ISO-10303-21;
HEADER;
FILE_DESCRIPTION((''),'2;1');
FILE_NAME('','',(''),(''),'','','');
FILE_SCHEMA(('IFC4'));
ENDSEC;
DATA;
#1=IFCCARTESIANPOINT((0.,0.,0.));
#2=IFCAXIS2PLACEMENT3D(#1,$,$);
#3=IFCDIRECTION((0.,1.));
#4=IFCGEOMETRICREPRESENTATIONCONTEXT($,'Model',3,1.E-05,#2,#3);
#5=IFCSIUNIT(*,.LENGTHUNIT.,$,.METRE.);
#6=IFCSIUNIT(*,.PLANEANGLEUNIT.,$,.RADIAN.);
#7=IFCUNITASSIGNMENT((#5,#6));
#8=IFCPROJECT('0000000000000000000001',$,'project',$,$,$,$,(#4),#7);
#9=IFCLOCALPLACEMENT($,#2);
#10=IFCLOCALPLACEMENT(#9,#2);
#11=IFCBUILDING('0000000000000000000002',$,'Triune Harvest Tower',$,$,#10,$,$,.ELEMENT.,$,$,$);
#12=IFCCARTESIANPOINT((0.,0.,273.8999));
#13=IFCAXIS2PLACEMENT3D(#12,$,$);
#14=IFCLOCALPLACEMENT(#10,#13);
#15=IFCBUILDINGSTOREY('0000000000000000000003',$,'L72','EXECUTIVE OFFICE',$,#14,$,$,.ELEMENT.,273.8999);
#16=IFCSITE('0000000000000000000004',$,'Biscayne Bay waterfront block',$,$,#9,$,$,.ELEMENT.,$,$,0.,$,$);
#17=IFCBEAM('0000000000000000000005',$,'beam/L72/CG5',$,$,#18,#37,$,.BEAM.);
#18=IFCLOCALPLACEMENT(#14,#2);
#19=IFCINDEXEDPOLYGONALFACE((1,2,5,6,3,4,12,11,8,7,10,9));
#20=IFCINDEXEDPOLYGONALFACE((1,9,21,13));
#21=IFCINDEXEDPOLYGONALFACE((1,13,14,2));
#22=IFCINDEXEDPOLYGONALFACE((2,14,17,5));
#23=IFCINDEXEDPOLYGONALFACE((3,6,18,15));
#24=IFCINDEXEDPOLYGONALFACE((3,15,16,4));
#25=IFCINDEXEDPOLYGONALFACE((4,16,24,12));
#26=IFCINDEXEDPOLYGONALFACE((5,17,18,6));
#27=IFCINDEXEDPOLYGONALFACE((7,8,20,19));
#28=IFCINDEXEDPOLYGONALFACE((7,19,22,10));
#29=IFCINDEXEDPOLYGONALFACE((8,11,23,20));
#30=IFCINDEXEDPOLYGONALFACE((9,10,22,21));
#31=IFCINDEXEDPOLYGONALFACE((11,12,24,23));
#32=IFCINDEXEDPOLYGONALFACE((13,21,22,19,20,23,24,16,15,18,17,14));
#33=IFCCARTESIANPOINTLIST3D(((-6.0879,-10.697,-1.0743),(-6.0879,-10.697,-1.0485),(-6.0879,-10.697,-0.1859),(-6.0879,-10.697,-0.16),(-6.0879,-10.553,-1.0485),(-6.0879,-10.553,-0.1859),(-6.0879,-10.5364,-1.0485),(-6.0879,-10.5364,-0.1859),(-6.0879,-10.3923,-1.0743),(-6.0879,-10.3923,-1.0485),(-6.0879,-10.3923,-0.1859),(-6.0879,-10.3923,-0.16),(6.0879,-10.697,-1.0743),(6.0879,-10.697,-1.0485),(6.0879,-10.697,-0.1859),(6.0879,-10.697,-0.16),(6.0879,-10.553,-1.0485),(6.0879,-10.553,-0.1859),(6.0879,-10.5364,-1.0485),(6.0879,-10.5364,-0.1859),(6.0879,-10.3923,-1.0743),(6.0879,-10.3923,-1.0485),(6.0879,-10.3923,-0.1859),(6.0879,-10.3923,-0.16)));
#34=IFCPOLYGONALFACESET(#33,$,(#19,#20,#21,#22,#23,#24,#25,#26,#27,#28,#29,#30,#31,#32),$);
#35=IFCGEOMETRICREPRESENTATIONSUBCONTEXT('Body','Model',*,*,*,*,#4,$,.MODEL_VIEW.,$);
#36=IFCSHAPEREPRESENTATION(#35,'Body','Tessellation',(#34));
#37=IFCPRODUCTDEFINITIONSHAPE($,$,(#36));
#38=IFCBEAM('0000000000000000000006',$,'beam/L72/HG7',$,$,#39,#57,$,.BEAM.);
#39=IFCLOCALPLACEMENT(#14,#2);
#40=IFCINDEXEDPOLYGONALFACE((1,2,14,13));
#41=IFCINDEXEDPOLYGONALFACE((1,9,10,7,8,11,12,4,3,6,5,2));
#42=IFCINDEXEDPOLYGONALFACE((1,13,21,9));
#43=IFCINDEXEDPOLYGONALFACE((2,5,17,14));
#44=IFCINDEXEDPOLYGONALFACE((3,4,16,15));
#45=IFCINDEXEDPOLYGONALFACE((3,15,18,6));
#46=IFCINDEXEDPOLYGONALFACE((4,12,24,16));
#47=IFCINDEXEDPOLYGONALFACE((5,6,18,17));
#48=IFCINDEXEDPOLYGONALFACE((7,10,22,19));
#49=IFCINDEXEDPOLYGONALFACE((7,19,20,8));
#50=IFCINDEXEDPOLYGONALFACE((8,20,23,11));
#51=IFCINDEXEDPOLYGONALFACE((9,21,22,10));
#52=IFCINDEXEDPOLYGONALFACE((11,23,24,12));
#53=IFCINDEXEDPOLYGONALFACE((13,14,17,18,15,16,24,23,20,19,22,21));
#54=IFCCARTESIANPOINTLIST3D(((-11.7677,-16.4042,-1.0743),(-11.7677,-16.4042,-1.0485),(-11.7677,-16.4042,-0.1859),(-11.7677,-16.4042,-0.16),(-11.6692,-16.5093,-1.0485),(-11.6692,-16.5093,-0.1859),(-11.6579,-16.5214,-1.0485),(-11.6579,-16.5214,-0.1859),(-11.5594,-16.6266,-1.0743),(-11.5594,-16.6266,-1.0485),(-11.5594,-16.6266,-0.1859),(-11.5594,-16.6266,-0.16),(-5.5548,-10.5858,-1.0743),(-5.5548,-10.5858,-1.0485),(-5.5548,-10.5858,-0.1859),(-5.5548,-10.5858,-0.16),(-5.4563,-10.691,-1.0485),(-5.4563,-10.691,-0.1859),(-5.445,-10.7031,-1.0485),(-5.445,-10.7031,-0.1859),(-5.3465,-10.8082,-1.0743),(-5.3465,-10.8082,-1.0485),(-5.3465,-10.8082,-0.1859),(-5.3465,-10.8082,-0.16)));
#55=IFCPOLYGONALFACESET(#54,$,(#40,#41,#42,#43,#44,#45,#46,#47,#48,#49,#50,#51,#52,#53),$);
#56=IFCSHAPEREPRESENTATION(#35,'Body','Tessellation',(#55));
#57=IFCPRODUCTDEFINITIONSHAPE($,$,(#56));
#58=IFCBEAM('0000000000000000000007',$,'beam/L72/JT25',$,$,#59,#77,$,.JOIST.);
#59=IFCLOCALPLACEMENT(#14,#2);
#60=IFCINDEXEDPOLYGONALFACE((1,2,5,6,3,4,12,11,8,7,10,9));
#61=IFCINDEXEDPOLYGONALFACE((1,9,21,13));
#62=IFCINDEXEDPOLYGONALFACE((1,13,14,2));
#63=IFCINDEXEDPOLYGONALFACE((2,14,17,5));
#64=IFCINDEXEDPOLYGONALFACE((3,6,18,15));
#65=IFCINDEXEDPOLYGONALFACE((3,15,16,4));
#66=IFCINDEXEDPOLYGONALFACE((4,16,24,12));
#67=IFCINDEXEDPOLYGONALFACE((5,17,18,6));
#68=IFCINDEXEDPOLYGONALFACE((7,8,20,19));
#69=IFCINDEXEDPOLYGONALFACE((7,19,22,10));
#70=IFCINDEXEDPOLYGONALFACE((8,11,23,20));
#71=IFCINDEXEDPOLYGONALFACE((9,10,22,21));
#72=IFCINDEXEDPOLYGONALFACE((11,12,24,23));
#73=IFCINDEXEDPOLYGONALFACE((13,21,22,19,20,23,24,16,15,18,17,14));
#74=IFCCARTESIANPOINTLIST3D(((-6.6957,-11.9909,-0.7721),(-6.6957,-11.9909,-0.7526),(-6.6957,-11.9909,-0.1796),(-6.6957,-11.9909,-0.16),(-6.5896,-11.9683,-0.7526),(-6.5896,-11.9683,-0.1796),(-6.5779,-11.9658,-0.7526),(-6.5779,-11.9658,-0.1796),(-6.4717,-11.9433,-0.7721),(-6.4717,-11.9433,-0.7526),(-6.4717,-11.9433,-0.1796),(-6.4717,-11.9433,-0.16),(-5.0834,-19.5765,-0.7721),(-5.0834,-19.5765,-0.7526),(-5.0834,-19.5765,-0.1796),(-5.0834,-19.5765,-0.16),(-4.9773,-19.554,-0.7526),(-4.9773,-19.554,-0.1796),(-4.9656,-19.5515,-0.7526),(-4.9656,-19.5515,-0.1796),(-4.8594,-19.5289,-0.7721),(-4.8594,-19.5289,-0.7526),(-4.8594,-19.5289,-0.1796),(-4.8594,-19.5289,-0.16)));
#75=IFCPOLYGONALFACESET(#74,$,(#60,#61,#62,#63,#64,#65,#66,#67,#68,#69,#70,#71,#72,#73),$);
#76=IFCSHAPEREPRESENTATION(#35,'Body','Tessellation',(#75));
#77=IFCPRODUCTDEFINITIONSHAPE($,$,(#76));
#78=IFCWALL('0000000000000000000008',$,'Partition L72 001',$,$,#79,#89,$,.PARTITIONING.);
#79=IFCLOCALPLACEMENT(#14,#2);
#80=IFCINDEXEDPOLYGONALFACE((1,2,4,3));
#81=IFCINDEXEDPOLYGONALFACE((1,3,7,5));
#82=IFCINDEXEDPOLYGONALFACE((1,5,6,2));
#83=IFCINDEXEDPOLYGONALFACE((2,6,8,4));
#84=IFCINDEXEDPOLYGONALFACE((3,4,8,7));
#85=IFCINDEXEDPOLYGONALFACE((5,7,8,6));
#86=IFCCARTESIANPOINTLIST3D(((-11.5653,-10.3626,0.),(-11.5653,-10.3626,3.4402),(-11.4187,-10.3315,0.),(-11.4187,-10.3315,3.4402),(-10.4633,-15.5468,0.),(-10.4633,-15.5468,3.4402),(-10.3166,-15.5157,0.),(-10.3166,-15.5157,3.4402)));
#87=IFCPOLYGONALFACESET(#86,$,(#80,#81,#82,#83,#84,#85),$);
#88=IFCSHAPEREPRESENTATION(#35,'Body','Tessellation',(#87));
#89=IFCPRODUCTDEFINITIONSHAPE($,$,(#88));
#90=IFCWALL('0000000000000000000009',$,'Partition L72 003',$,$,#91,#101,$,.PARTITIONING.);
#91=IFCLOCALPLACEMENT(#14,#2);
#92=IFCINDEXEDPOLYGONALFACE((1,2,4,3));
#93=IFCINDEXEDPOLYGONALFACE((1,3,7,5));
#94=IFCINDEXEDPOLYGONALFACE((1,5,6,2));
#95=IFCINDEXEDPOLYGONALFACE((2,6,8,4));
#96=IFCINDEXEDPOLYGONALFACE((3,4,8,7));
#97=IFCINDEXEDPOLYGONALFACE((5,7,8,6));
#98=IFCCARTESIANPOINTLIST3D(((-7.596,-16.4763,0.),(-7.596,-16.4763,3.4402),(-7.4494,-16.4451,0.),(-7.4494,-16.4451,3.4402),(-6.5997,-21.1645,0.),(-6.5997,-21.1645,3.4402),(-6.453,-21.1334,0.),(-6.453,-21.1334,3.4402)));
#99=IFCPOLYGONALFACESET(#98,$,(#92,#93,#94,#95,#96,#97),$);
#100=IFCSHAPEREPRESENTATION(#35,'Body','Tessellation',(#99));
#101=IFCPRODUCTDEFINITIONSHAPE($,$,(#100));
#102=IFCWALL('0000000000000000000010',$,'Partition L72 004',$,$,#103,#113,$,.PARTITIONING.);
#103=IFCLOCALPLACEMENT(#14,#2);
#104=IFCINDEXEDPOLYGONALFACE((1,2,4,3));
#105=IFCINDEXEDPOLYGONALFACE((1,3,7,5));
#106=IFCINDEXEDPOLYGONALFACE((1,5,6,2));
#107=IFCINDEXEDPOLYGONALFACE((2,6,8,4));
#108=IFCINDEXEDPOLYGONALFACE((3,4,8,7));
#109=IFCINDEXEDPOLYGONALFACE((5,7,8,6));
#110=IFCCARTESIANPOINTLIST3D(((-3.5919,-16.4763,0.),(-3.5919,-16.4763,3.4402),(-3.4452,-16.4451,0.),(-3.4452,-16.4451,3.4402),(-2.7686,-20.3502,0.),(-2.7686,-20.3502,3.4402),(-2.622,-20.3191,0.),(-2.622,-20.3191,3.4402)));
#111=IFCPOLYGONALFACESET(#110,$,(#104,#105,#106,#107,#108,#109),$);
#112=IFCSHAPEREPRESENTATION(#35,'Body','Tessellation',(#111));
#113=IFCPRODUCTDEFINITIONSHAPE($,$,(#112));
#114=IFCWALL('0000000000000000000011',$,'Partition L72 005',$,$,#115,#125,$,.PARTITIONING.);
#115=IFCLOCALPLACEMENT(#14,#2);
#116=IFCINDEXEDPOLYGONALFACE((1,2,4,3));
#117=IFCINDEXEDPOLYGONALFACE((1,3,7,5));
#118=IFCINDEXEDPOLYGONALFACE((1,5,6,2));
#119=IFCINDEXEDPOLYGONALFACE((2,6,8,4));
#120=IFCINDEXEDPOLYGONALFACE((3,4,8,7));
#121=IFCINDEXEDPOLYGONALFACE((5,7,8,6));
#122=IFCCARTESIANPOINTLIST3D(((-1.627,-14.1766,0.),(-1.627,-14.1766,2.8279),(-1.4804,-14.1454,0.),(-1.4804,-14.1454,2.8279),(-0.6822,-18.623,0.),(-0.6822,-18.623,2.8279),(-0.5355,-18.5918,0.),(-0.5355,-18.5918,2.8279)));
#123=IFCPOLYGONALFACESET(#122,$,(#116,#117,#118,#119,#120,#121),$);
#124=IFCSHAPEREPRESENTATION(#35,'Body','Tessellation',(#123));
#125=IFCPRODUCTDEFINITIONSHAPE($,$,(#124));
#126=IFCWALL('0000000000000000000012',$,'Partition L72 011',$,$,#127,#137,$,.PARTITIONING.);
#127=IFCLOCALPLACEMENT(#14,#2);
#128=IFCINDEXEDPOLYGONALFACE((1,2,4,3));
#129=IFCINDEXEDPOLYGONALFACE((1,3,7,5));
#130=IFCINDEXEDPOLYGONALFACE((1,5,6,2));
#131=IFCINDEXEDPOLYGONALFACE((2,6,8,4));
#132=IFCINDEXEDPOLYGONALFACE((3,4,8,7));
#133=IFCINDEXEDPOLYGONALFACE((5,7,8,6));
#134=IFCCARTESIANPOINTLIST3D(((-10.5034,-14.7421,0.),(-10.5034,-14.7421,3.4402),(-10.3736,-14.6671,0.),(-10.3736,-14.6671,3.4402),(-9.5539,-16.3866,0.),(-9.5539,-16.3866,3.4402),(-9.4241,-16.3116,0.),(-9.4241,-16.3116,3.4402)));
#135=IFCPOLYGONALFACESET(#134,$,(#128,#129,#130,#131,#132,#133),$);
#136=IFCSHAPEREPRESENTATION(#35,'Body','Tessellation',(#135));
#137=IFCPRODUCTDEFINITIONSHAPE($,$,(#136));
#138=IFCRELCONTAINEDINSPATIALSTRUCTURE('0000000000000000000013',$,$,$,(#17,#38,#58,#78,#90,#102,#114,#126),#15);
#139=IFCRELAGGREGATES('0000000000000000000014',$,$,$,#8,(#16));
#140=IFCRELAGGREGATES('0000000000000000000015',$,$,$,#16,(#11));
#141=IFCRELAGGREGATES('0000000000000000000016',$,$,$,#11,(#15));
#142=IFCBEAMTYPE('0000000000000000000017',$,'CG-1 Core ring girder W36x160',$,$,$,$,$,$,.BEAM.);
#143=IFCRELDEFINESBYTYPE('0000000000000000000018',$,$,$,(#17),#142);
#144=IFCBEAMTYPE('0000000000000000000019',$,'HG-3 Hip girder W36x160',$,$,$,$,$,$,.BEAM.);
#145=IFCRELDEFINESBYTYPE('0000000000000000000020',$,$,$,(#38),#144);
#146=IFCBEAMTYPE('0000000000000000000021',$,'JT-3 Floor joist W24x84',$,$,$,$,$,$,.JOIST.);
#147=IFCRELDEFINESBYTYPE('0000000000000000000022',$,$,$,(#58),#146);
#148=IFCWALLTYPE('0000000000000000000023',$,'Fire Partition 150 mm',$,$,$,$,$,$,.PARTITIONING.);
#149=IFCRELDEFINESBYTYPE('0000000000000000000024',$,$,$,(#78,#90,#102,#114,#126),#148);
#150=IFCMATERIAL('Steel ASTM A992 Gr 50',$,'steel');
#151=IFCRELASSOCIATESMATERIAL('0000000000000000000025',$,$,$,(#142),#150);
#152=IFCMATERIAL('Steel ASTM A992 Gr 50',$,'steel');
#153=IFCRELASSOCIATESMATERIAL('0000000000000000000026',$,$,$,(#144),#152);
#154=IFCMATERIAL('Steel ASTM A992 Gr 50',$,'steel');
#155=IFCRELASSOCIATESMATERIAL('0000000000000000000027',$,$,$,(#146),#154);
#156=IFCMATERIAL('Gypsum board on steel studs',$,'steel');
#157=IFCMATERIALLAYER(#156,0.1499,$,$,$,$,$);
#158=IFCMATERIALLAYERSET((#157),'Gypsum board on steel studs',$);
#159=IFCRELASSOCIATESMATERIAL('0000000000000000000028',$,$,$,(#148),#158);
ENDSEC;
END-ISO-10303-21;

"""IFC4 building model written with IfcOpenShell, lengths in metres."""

from ifc_helpers import new_model, si_unit, direction, frame, frame_2d, origin, origin_2d, place, context, subcontext, project, spatial, rectangle, i_section, extrude, source, transform, mapped, material, layer, layer_set, material_profile, profile_set, type_object, element, save


model = new_model("IFC4")

# Units and contexts
model_context = context("Model", 3, precision=1e-05, world=origin(), true_north=direction((0.0, 1.0)))
body_context = subcontext(model_context, "Body", "Model", "MODEL_VIEW")
ifc_project = project(units=[si_unit("LENGTHUNIT", "METRE"), si_unit("PLANEANGLEUNIT", "RADIAN")], contexts=[model_context])

# Site, building, storey
site_placement = place(None, origin())
site = spatial("IfcSite", under=ifc_project, at=site_placement, Name="Biscayne Bay waterfront block", CompositionType="ELEMENT", RefElevation=0.0)
building_placement = place(site_placement, origin())
building = spatial("IfcBuilding", under=site, at=building_placement, Name="Triune Harvest Tower", CompositionType="ELEMENT")
storey_placement = place(building_placement, frame((0.0, 0.0, 273.8999)))
storey = spatial("IfcBuildingStorey", under=building, at=storey_placement, Name="L72", Description="EXECUTIVE OFFICE", CompositionType="ELEMENT", Elevation=273.8999)

# Beams
ifc_material_1 = material(Name="Steel ASTM A992 Gr 50", Category="steel")
ifc_material_profile_1 = material_profile(ifc_material_1, i_section(OverallWidth=0.3047, OverallDepth=0.9143, WebThickness=0.0166, FlangeThickness=0.0259, at=origin_2d()), Name="W36x160")
ifc_profile_set_1 = profile_set([ifc_material_profile_1], Name="Steel ASTM A992 Gr 50")
beam_type_1 = type_object("IfcBeamType", Name="CG-1 Core ring girder W36x160", PredefinedType="BEAM", material=ifc_profile_set_1)
shared_shape_1 = source(origin(), body_context, "Body", "SweptSolid", [
    extrude(i_section(OverallWidth=0.3047, OverallDepth=0.9143, WebThickness=0.0166, FlangeThickness=0.0259, at=origin_2d()), origin(), (0.0, 0.0, 1.0), 12.1758),
])
beam_1_placement = place(storey_placement, frame((-6.0879, -10.5447, -0.6172), z_axis=(1.0, 0.0, 0.0), x_axis=(0.0, 1.0, 0.0)))
element("IfcBeam", 1, at=beam_1_placement, inside=storey, type_object=beam_type_1, Name="beam/L72/CG5", PredefinedType="BEAM", context=body_context, shape_type="MappedRepresentation", body=[
    mapped(shared_shape_1, transform((0.0, 0.0, 0.0), scale=1.0)),
])
ifc_material_2 = material(Name="Steel ASTM A992 Gr 50", Category="steel")
ifc_material_profile_2 = material_profile(ifc_material_2, i_section(OverallWidth=0.3047, OverallDepth=0.9143, WebThickness=0.0166, FlangeThickness=0.0259, at=origin_2d()), Name="W36x160")
ifc_profile_set_2 = profile_set([ifc_material_profile_2], Name="Steel ASTM A992 Gr 50")
beam_type_2 = type_object("IfcBeamType", Name="HG-3 Hip girder W36x160", PredefinedType="BEAM", material=ifc_profile_set_2)
shared_shape_2 = source(origin(), body_context, "Body", "SweptSolid", [
    extrude(i_section(OverallWidth=0.3047, OverallDepth=0.9143, WebThickness=0.0166, FlangeThickness=0.0259, at=origin_2d()), origin(), (0.0, 0.0, 1.0), 8.512),
])
beam_2_placement = place(storey_placement, frame((-11.6636, -16.5154, -0.6172), z_axis=(0.729902, 0.683552, 0.0), x_axis=(-0.683552, 0.729902, 0.0)))
element("IfcBeam", 2, at=beam_2_placement, inside=storey, type_object=beam_type_2, Name="beam/L72/HG7", PredefinedType="BEAM", context=body_context, shape_type="MappedRepresentation", body=[
    mapped(shared_shape_2, transform((0.0, 0.0, 0.0), scale=1.0)),
])
ifc_material_3 = material(Name="Steel ASTM A992 Gr 50", Category="steel")
ifc_material_profile_3 = material_profile(ifc_material_3, i_section(OverallWidth=0.229, OverallDepth=0.6121, WebThickness=0.012, FlangeThickness=0.0195, at=origin_2d()), Name="W24x84")
ifc_profile_set_3 = profile_set([ifc_material_profile_3], Name="Steel ASTM A992 Gr 50")
beam_type_3 = type_object("IfcBeamType", Name="JT-3 Floor joist W24x84", PredefinedType="JOIST", material=ifc_profile_set_3)
shared_shape_3 = source(origin(), body_context, "Body", "SweptSolid", [
    extrude(i_section(OverallWidth=0.229, OverallDepth=0.6121, WebThickness=0.012, FlangeThickness=0.0195, at=origin_2d()), origin(), (0.0, 0.0, 1.0), 7.7551),
])
beam_3_placement = place(storey_placement, frame((-4.9714, -19.5527, -0.4661), z_axis=(-0.207901, 0.97815, 0.0), x_axis=(-0.97815, -0.207901, 0.0)))
element("IfcBeam", 3, at=beam_3_placement, inside=storey, type_object=beam_type_3, Name="beam/L72/JT25", PredefinedType="JOIST", context=body_context, shape_type="MappedRepresentation", body=[
    mapped(shared_shape_3, transform((0.0, 0.0, 0.0), scale=1.0)),
])

# Walls
ifc_material_4 = material(Name="Gypsum board on steel studs", Category="steel")
ifc_layer_1 = layer(ifc_material_4, 0.1499)
ifc_layer_set_1 = layer_set([ifc_layer_1], Name="Gypsum board on steel studs")
wall_type_1 = type_object("IfcWallType", Name="Fire Partition 150 mm", PredefinedType="PARTITIONING", material=ifc_layer_set_1)
wall_1_placement = place(storey_placement, frame((-11.4919, -10.3472, 0.0), z_axis=(0.0, 0.0, 1.0), x_axis=(0.207928, -0.978144, 0.0)))
element("IfcWall", 4, at=wall_1_placement, inside=storey, type_object=wall_type_1, Name="Partition L72 001", PredefinedType="PARTITIONING", context=body_context, shape_type="SweptSolid", body=[
    extrude(rectangle(XDim=5.3, YDim=0.1499, at=frame_2d((2.6499, 0.0))), origin(), (0.0, 0.0, 1.0), 3.4402),
])
wall_2_placement = place(storey_placement, frame((-7.5227, -16.4607, 0.0), z_axis=(0.0, 0.0, 1.0), x_axis=(0.207876, -0.978155, 0.0)))
element("IfcWall", 5, at=wall_2_placement, inside=storey, type_object=wall_type_1, Name="Partition L72 003", PredefinedType="PARTITIONING", context=body_context, shape_type="SweptSolid", body=[
    extrude(rectangle(XDim=4.793, YDim=0.1499, at=frame_2d((2.3965, 0.0))), origin(), (0.0, 0.0, 1.0), 3.4402),
])
wall_3_placement = place(storey_placement, frame((-3.5186, -16.4607, 0.0), z_axis=(0.0, 0.0, 1.0), x_axis=(0.207862, -0.978158, 0.0)))
element("IfcWall", 6, at=wall_3_placement, inside=storey, type_object=wall_type_1, Name="Partition L72 004", PredefinedType="PARTITIONING", context=body_context, shape_type="SweptSolid", body=[
    extrude(rectangle(XDim=3.9604, YDim=0.1499, at=frame_2d((1.9802, 0.0))), origin(), (0.0, 0.0, 1.0), 3.4402),
])
wall_4_placement = place(storey_placement, frame((-1.5537, -14.1609, 0.0), z_axis=(0.0, 0.0, 1.0), x_axis=(0.207856, -0.978159, 0.0)))
element("IfcWall", 7, at=wall_4_placement, inside=storey, type_object=wall_type_1, Name="Partition L72 005", PredefinedType="PARTITIONING", context=body_context, shape_type="SweptSolid", body=[
    extrude(rectangle(XDim=4.5457, YDim=0.1499, at=frame_2d((2.2729, 0.0))), origin(), (0.0, 0.0, 1.0), 2.8279),
])
wall_5_placement = place(storey_placement, frame((-10.4385, -14.7046, 0.0), z_axis=(0.0, 0.0, 1.0), x_axis=(0.499997, -0.866027, 0.0)))
element("IfcWall", 8, at=wall_5_placement, inside=storey, type_object=wall_type_1, Name="Partition L72 011", PredefinedType="PARTITIONING", context=body_context, shape_type="SweptSolid", body=[
    extrude(rectangle(XDim=1.8989, YDim=0.1499, at=frame_2d((0.9495, 0.0))), origin(), (0.0, 0.0, 1.0), 3.4402),
])

save(model, "model.ifc")
